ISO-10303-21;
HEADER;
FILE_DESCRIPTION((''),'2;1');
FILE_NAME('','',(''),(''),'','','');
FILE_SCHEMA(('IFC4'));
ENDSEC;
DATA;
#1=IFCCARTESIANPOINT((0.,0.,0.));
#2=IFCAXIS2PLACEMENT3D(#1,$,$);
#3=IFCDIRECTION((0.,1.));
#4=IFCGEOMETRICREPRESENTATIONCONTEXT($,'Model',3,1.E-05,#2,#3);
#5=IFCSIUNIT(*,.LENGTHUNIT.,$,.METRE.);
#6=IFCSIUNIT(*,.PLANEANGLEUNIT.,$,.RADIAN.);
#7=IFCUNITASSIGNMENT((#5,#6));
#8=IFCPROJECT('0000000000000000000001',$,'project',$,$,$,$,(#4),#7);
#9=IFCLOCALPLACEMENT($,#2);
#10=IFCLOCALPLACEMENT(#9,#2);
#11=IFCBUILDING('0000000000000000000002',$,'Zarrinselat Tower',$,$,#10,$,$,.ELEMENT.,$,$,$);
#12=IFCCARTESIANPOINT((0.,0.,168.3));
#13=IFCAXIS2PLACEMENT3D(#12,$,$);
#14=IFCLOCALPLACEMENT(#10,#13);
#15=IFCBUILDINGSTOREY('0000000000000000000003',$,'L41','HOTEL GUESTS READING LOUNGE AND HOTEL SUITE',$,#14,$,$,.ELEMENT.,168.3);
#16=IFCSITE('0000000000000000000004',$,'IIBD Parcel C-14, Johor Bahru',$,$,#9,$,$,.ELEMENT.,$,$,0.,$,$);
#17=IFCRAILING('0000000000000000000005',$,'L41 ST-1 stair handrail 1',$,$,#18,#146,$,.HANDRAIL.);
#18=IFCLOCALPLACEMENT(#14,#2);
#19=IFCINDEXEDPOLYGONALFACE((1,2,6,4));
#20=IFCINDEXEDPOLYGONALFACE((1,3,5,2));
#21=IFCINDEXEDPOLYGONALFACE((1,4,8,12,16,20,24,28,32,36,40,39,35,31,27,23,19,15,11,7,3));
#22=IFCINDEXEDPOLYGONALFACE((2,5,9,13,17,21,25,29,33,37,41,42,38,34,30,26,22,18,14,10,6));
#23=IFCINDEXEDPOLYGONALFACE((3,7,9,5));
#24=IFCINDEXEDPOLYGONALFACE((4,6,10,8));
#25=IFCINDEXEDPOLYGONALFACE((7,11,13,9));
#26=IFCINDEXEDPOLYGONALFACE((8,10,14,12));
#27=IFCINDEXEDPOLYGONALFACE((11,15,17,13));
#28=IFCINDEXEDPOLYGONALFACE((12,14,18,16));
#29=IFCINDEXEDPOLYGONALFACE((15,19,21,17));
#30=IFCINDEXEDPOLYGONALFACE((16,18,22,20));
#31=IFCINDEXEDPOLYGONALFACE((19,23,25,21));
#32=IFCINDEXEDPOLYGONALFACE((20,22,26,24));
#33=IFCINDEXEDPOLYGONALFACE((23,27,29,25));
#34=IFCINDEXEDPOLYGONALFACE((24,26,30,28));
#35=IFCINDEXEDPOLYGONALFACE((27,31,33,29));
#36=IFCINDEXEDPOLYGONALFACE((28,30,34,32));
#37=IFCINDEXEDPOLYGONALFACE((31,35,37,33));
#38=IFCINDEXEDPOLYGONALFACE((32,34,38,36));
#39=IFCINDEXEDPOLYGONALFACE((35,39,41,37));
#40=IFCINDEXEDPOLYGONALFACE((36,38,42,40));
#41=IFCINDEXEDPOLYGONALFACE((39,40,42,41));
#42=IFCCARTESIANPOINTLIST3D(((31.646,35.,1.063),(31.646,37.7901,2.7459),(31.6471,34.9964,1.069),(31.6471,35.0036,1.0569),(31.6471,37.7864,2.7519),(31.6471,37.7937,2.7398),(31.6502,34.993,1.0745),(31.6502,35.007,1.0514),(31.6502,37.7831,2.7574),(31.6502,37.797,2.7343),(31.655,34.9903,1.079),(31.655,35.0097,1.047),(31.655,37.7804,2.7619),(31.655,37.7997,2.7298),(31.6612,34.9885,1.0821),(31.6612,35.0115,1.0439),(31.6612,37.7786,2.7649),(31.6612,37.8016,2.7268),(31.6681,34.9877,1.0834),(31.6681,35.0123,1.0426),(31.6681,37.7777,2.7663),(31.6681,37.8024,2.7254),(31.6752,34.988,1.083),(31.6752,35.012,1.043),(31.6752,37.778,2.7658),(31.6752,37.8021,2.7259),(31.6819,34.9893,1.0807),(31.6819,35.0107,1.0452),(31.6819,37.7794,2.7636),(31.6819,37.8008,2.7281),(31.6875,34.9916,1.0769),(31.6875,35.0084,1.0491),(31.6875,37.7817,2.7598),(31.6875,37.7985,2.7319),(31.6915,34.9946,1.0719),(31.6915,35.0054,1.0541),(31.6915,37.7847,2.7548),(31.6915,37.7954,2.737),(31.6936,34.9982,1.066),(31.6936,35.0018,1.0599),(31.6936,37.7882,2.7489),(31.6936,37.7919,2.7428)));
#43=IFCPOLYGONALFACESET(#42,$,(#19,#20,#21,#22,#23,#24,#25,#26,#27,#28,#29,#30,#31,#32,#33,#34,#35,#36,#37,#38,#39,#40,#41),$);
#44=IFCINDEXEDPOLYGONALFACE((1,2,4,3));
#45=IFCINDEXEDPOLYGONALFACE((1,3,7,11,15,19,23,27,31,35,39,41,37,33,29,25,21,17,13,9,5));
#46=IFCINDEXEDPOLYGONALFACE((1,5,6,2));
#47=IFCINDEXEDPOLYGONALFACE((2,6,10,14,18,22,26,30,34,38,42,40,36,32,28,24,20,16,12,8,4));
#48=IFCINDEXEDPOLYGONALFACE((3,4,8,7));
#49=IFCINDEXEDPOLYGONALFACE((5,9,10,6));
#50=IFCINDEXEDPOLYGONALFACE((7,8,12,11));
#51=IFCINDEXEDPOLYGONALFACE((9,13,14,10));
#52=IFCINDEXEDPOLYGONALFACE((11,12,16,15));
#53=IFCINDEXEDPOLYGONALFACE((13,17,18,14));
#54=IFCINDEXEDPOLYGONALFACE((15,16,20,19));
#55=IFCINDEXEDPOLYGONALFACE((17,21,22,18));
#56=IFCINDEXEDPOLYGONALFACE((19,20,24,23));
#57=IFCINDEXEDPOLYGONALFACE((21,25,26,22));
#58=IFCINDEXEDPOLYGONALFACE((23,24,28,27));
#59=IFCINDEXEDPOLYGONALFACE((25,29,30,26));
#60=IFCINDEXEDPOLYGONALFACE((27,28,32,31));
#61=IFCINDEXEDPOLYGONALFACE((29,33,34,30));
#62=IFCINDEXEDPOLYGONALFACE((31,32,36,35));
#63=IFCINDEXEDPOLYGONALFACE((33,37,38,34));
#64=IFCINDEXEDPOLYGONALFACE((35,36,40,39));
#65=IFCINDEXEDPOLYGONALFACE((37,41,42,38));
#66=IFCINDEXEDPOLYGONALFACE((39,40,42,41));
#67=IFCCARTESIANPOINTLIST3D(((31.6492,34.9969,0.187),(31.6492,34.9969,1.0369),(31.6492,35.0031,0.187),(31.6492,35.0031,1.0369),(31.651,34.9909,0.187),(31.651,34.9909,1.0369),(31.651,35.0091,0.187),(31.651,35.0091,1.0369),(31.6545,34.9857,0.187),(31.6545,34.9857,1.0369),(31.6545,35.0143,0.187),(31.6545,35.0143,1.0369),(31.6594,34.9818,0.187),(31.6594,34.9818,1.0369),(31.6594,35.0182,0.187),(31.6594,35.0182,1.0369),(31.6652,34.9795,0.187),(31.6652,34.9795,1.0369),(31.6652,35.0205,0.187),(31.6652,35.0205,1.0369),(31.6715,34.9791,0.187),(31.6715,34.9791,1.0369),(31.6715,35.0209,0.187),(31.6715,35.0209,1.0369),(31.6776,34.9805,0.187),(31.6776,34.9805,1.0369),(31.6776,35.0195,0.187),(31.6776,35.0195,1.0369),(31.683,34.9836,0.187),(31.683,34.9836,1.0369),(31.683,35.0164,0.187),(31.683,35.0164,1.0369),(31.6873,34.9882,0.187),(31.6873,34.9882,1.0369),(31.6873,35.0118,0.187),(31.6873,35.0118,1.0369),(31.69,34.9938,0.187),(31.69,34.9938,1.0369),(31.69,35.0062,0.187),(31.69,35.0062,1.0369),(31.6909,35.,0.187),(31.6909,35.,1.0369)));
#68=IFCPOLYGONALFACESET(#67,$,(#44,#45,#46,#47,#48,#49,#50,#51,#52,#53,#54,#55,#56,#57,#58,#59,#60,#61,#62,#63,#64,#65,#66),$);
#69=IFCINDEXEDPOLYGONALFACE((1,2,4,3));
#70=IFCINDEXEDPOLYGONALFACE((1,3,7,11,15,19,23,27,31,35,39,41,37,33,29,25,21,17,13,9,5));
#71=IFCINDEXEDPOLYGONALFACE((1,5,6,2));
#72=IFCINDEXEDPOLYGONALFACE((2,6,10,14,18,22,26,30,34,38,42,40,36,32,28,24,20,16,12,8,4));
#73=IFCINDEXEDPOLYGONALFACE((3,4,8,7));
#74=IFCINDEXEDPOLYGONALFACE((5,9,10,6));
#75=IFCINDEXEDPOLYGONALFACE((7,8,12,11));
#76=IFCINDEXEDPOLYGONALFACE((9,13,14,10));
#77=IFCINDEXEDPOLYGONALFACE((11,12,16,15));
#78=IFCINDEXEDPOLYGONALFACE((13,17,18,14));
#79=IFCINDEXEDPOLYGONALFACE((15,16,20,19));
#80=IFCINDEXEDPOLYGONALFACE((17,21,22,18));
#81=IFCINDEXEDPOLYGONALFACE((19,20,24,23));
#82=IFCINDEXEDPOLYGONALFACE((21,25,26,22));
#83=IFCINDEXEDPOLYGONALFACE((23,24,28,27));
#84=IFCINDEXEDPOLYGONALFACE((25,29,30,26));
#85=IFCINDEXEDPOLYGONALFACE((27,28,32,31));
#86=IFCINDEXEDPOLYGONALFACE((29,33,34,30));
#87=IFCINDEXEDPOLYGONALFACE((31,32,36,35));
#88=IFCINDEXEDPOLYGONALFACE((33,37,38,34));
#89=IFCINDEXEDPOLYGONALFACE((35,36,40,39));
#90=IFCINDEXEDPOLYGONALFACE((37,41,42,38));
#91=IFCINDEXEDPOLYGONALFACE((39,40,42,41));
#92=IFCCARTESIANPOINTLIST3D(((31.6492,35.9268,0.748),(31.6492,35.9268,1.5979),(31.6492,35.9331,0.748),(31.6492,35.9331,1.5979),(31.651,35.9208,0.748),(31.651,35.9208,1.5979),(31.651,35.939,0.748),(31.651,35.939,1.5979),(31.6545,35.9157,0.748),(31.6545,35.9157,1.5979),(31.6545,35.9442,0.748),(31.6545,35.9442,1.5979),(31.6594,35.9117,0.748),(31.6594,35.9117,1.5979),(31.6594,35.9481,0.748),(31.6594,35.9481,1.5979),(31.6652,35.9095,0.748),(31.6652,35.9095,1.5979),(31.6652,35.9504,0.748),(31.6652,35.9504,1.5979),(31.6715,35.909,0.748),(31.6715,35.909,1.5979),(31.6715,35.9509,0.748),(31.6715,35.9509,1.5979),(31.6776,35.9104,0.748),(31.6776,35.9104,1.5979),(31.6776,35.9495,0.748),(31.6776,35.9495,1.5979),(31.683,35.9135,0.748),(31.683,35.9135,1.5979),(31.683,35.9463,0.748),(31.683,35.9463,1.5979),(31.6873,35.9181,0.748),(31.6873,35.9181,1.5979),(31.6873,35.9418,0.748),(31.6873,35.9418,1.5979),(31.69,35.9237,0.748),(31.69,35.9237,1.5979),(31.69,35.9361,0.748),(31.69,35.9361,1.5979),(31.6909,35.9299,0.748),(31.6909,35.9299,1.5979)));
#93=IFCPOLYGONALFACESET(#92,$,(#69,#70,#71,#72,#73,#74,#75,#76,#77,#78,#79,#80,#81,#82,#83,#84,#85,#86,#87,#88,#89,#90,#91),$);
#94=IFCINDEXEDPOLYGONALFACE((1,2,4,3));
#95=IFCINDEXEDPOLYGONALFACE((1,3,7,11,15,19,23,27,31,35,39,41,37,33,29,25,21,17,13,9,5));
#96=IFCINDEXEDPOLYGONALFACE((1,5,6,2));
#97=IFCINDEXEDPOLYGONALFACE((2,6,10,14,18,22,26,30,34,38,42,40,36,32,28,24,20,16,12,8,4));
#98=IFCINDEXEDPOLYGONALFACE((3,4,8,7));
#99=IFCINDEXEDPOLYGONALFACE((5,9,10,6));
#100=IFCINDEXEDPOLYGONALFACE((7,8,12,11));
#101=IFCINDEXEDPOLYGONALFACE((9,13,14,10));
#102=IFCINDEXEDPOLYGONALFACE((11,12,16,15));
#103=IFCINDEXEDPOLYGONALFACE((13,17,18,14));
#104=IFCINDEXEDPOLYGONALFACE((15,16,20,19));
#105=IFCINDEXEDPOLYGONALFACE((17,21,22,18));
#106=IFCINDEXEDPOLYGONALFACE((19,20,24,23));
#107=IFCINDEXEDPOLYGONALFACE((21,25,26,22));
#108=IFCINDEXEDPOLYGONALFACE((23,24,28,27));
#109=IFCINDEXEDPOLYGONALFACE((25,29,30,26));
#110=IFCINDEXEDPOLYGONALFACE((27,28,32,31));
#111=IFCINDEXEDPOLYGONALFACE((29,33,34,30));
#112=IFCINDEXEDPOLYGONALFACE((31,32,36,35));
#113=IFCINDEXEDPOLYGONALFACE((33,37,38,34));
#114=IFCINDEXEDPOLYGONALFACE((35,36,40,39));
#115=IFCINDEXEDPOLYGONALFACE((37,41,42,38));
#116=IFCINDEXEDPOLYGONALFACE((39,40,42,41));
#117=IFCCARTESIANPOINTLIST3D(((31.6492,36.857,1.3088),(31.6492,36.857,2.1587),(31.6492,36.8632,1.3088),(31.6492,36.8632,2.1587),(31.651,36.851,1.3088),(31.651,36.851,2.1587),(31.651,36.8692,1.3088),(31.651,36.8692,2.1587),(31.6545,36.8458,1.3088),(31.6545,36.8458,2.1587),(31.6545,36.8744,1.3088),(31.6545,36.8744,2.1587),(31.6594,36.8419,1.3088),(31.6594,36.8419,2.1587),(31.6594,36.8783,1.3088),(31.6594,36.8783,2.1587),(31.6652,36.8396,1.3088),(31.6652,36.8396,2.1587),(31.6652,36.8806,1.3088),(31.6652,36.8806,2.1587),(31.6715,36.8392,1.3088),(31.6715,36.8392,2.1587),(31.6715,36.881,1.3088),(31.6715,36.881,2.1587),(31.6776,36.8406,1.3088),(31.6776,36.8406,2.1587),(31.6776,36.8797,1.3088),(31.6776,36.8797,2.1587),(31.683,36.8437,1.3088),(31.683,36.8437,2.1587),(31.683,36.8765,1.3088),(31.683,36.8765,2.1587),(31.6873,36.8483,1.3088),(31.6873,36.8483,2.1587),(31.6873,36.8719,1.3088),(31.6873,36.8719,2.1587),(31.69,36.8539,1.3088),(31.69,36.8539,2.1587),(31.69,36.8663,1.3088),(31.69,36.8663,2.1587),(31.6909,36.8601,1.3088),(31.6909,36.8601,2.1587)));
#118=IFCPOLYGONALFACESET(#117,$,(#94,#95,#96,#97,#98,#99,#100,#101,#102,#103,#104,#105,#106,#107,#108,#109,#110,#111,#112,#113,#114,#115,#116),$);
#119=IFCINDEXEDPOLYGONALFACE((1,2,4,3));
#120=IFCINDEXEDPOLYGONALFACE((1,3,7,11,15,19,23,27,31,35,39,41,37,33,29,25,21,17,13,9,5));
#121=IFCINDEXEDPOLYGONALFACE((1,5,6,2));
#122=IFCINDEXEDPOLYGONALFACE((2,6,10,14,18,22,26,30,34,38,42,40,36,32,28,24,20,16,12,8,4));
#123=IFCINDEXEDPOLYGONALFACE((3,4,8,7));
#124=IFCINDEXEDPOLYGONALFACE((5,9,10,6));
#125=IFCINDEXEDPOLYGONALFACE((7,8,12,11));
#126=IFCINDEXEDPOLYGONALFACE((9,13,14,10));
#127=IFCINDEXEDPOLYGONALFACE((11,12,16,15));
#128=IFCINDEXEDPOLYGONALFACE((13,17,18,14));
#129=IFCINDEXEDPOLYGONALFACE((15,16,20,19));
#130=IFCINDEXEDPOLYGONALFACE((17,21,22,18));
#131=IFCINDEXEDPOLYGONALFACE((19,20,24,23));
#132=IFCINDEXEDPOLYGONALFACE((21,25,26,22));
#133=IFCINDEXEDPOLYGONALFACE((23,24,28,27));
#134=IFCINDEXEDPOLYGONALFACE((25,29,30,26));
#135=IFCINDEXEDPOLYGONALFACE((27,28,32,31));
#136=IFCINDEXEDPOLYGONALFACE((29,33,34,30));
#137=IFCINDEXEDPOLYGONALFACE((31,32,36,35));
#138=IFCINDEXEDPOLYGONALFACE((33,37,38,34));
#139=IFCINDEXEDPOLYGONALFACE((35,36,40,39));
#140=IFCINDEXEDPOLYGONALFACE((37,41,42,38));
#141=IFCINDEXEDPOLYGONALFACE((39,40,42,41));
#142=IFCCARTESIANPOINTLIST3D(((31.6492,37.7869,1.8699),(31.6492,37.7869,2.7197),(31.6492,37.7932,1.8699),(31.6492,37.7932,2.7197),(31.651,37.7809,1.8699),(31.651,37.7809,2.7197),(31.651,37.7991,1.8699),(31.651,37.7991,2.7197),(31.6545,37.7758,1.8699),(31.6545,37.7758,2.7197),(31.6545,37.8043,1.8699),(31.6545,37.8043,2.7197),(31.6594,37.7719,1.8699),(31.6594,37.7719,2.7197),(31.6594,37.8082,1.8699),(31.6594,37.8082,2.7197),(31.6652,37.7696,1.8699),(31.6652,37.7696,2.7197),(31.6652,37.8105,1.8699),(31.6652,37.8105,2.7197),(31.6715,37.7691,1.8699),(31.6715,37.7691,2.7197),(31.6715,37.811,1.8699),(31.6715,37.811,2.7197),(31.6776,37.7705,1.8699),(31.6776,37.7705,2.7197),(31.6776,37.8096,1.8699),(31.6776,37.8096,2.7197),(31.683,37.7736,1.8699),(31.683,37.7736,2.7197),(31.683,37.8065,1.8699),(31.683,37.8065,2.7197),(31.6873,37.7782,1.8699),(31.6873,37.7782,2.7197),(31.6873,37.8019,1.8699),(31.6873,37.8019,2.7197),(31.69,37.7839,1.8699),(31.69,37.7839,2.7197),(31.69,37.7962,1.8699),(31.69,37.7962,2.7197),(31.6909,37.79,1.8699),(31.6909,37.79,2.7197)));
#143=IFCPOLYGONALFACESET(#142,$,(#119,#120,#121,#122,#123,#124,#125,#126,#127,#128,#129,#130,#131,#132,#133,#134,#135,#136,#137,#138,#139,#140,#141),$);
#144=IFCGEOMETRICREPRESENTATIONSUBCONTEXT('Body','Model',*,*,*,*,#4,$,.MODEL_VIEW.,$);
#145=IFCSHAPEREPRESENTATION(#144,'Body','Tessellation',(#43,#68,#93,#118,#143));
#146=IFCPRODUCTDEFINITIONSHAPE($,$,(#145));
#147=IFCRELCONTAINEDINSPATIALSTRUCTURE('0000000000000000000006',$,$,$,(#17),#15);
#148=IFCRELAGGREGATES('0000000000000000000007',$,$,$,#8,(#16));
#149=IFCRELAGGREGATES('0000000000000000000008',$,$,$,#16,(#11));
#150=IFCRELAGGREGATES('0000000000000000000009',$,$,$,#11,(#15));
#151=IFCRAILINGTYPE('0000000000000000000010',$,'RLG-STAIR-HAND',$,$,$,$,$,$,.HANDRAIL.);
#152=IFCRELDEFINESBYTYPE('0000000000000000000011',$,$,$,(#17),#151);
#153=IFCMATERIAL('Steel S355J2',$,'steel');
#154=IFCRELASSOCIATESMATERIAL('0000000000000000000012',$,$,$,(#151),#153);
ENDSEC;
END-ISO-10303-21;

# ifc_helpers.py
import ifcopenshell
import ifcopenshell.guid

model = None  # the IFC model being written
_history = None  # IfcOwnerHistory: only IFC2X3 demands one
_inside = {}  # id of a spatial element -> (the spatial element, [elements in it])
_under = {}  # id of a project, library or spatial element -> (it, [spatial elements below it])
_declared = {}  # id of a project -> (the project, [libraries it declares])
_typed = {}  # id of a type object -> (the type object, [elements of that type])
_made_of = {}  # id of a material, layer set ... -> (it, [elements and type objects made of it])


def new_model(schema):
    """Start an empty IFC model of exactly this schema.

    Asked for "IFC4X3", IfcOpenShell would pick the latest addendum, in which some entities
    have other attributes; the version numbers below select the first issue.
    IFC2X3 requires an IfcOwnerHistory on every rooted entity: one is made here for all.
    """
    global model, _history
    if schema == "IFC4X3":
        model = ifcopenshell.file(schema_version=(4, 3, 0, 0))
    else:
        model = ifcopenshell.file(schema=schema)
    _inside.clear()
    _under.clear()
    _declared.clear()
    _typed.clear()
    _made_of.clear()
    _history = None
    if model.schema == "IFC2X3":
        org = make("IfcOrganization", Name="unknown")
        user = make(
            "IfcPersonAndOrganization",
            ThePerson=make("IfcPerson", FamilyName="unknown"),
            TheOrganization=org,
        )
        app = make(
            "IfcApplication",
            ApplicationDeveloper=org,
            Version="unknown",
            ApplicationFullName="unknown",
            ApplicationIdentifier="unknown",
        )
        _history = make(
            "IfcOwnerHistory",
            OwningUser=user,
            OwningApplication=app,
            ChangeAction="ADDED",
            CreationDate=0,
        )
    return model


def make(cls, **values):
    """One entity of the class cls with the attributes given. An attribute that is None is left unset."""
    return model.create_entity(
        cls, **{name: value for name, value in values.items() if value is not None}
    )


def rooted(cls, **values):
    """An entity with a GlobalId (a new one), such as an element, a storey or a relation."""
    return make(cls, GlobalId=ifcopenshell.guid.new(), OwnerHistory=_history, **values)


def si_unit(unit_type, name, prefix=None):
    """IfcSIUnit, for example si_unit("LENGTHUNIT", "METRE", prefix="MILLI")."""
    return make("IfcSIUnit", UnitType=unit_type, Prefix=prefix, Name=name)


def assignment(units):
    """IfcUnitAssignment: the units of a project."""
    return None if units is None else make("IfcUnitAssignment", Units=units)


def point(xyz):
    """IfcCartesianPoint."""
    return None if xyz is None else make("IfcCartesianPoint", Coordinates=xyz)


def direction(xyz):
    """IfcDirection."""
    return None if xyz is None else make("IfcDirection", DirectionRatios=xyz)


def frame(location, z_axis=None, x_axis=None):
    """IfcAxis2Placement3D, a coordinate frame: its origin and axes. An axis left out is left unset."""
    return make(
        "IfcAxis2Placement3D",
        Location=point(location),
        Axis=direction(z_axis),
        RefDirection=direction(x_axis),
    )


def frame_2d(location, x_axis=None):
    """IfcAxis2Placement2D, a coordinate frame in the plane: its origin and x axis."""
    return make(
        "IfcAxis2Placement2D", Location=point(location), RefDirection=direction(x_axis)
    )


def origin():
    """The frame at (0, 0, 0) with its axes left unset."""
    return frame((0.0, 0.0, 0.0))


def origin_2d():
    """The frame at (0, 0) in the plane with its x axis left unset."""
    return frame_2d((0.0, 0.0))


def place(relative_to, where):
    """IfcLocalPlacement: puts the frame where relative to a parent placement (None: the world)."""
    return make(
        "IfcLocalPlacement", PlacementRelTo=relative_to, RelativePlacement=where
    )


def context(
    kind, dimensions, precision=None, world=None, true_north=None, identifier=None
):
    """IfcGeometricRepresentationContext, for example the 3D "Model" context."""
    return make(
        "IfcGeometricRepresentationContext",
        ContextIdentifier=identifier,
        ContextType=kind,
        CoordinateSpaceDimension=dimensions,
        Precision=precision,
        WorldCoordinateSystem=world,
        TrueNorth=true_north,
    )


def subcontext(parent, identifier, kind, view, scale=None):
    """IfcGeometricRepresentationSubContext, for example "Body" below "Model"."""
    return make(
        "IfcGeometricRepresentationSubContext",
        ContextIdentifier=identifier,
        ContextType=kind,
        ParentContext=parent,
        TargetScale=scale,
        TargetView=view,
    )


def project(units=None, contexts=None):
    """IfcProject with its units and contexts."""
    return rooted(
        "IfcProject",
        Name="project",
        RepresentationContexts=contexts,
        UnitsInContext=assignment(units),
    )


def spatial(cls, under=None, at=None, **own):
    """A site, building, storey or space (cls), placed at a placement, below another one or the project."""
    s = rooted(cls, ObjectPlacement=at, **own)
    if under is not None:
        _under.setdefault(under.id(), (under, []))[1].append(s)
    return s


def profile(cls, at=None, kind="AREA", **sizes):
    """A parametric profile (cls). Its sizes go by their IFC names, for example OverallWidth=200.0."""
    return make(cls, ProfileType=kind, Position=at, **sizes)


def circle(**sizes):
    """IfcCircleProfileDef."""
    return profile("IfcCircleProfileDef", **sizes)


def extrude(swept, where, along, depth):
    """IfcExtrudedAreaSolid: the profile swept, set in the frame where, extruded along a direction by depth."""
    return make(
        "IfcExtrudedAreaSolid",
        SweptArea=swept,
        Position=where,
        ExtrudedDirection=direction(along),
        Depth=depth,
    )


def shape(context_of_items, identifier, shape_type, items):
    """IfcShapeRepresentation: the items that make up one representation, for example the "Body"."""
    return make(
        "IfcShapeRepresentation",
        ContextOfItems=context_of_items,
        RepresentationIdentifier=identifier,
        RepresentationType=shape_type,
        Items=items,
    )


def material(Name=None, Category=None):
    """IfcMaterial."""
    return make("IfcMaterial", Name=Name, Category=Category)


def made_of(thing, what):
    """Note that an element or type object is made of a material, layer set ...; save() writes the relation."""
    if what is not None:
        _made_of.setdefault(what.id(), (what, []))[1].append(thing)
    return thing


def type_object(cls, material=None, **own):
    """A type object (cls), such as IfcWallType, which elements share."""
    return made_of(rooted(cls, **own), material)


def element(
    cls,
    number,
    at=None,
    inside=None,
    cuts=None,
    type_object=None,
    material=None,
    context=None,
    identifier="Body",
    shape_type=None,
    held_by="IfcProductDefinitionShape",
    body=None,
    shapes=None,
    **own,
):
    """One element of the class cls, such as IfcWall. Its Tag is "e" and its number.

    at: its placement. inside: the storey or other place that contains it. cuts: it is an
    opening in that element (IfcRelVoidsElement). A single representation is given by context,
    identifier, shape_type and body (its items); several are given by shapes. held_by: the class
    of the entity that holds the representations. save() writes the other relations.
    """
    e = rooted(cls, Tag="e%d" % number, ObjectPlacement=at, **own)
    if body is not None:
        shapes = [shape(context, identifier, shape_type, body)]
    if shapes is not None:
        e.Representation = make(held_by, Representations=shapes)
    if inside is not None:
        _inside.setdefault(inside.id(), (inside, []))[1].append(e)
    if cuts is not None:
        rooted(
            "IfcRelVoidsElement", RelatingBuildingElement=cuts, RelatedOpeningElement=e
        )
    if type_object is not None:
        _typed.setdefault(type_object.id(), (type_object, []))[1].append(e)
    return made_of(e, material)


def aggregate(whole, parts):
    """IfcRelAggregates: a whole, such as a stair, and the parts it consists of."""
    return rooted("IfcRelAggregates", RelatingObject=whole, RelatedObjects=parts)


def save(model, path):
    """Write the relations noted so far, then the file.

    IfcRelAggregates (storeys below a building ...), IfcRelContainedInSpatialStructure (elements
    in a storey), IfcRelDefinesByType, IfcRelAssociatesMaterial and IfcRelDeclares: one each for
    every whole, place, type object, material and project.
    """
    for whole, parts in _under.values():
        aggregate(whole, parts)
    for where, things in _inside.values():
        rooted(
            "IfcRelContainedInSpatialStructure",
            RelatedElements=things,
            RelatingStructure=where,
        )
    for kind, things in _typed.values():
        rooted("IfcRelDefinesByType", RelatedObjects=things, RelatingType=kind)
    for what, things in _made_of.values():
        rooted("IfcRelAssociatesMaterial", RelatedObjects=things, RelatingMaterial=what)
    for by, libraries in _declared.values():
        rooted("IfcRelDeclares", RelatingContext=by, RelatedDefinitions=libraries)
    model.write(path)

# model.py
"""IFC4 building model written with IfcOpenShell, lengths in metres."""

from ifc_helpers import new_model, si_unit, direction, frame, origin, origin_2d, place, context, subcontext, project, spatial, circle, extrude, material, type_object, element, save


model = new_model("IFC4")

# Units and contexts
model_context = context("Model", 3, precision=1e-05, world=origin(), true_north=direction((0.0, 1.0)))
body_context = subcontext(model_context, "Body", "Model", "MODEL_VIEW")
ifc_project = project(units=[si_unit("LENGTHUNIT", "METRE"), si_unit("PLANEANGLEUNIT", "RADIAN")], contexts=[model_context])

# Site, building, storey
site_placement = place(None, origin())
site = spatial("IfcSite", under=ifc_project, at=site_placement, Name="IIBD Parcel C-14, Johor Bahru", CompositionType="ELEMENT", RefElevation=0.0)
building_placement = place(site_placement, origin())
building = spatial("IfcBuilding", under=site, at=building_placement, Name="Zarrinselat Tower", CompositionType="ELEMENT")
storey_placement = place(building_placement, frame((0.0, 0.0, 168.3)))
storey = spatial("IfcBuildingStorey", under=building, at=storey_placement, Name="L41", Description="HOTEL GUESTS READING LOUNGE AND HOTEL SUITE", CompositionType="ELEMENT", Elevation=168.3)

# Railing
ifc_material_1 = material(Name="Steel S355J2", Category="steel")
railing_type_1 = type_object("IfcRailingType", Name="RLG-STAIR-HAND", PredefinedType="HANDRAIL", material=ifc_material_1)
railing_1_placement = place(storey_placement, frame((31.6699, 35.0, 0.187)))
element("IfcRailing", 1, at=railing_1_placement, inside=storey, type_object=railing_type_1, Name="L41 ST-1 stair handrail 1", PredefinedType="HANDRAIL", context=body_context, shape_type="SweptSolid", body=[
    extrude(circle(Radius=0.0239, at=origin_2d()), frame((0.0, 0.0, 0.876), z_axis=(0.0, 0.856294, 0.516489), x_axis=(-1.0, 0.0, 0.0)), (0.0, 0.0, 1.0), 3.2583),
    extrude(circle(Radius=0.021, at=origin_2d()), origin(), (0.0, 0.0, 1.0), 0.8499),
    extrude(circle(Radius=0.021, at=origin_2d()), frame((0.0, 0.9299, 0.561)), (0.0, 0.0, 1.0), 0.8499),
    extrude(circle(Radius=0.021, at=origin_2d()), frame((0.0, 1.8601, 1.1218)), (0.0, 0.0, 1.0), 0.8499),
    extrude(circle(Radius=0.021, at=origin_2d()), frame((0.0, 2.79, 1.6829)), (0.0, 0.0, 1.0), 0.8499),
])

save(model, "model.ifc")
